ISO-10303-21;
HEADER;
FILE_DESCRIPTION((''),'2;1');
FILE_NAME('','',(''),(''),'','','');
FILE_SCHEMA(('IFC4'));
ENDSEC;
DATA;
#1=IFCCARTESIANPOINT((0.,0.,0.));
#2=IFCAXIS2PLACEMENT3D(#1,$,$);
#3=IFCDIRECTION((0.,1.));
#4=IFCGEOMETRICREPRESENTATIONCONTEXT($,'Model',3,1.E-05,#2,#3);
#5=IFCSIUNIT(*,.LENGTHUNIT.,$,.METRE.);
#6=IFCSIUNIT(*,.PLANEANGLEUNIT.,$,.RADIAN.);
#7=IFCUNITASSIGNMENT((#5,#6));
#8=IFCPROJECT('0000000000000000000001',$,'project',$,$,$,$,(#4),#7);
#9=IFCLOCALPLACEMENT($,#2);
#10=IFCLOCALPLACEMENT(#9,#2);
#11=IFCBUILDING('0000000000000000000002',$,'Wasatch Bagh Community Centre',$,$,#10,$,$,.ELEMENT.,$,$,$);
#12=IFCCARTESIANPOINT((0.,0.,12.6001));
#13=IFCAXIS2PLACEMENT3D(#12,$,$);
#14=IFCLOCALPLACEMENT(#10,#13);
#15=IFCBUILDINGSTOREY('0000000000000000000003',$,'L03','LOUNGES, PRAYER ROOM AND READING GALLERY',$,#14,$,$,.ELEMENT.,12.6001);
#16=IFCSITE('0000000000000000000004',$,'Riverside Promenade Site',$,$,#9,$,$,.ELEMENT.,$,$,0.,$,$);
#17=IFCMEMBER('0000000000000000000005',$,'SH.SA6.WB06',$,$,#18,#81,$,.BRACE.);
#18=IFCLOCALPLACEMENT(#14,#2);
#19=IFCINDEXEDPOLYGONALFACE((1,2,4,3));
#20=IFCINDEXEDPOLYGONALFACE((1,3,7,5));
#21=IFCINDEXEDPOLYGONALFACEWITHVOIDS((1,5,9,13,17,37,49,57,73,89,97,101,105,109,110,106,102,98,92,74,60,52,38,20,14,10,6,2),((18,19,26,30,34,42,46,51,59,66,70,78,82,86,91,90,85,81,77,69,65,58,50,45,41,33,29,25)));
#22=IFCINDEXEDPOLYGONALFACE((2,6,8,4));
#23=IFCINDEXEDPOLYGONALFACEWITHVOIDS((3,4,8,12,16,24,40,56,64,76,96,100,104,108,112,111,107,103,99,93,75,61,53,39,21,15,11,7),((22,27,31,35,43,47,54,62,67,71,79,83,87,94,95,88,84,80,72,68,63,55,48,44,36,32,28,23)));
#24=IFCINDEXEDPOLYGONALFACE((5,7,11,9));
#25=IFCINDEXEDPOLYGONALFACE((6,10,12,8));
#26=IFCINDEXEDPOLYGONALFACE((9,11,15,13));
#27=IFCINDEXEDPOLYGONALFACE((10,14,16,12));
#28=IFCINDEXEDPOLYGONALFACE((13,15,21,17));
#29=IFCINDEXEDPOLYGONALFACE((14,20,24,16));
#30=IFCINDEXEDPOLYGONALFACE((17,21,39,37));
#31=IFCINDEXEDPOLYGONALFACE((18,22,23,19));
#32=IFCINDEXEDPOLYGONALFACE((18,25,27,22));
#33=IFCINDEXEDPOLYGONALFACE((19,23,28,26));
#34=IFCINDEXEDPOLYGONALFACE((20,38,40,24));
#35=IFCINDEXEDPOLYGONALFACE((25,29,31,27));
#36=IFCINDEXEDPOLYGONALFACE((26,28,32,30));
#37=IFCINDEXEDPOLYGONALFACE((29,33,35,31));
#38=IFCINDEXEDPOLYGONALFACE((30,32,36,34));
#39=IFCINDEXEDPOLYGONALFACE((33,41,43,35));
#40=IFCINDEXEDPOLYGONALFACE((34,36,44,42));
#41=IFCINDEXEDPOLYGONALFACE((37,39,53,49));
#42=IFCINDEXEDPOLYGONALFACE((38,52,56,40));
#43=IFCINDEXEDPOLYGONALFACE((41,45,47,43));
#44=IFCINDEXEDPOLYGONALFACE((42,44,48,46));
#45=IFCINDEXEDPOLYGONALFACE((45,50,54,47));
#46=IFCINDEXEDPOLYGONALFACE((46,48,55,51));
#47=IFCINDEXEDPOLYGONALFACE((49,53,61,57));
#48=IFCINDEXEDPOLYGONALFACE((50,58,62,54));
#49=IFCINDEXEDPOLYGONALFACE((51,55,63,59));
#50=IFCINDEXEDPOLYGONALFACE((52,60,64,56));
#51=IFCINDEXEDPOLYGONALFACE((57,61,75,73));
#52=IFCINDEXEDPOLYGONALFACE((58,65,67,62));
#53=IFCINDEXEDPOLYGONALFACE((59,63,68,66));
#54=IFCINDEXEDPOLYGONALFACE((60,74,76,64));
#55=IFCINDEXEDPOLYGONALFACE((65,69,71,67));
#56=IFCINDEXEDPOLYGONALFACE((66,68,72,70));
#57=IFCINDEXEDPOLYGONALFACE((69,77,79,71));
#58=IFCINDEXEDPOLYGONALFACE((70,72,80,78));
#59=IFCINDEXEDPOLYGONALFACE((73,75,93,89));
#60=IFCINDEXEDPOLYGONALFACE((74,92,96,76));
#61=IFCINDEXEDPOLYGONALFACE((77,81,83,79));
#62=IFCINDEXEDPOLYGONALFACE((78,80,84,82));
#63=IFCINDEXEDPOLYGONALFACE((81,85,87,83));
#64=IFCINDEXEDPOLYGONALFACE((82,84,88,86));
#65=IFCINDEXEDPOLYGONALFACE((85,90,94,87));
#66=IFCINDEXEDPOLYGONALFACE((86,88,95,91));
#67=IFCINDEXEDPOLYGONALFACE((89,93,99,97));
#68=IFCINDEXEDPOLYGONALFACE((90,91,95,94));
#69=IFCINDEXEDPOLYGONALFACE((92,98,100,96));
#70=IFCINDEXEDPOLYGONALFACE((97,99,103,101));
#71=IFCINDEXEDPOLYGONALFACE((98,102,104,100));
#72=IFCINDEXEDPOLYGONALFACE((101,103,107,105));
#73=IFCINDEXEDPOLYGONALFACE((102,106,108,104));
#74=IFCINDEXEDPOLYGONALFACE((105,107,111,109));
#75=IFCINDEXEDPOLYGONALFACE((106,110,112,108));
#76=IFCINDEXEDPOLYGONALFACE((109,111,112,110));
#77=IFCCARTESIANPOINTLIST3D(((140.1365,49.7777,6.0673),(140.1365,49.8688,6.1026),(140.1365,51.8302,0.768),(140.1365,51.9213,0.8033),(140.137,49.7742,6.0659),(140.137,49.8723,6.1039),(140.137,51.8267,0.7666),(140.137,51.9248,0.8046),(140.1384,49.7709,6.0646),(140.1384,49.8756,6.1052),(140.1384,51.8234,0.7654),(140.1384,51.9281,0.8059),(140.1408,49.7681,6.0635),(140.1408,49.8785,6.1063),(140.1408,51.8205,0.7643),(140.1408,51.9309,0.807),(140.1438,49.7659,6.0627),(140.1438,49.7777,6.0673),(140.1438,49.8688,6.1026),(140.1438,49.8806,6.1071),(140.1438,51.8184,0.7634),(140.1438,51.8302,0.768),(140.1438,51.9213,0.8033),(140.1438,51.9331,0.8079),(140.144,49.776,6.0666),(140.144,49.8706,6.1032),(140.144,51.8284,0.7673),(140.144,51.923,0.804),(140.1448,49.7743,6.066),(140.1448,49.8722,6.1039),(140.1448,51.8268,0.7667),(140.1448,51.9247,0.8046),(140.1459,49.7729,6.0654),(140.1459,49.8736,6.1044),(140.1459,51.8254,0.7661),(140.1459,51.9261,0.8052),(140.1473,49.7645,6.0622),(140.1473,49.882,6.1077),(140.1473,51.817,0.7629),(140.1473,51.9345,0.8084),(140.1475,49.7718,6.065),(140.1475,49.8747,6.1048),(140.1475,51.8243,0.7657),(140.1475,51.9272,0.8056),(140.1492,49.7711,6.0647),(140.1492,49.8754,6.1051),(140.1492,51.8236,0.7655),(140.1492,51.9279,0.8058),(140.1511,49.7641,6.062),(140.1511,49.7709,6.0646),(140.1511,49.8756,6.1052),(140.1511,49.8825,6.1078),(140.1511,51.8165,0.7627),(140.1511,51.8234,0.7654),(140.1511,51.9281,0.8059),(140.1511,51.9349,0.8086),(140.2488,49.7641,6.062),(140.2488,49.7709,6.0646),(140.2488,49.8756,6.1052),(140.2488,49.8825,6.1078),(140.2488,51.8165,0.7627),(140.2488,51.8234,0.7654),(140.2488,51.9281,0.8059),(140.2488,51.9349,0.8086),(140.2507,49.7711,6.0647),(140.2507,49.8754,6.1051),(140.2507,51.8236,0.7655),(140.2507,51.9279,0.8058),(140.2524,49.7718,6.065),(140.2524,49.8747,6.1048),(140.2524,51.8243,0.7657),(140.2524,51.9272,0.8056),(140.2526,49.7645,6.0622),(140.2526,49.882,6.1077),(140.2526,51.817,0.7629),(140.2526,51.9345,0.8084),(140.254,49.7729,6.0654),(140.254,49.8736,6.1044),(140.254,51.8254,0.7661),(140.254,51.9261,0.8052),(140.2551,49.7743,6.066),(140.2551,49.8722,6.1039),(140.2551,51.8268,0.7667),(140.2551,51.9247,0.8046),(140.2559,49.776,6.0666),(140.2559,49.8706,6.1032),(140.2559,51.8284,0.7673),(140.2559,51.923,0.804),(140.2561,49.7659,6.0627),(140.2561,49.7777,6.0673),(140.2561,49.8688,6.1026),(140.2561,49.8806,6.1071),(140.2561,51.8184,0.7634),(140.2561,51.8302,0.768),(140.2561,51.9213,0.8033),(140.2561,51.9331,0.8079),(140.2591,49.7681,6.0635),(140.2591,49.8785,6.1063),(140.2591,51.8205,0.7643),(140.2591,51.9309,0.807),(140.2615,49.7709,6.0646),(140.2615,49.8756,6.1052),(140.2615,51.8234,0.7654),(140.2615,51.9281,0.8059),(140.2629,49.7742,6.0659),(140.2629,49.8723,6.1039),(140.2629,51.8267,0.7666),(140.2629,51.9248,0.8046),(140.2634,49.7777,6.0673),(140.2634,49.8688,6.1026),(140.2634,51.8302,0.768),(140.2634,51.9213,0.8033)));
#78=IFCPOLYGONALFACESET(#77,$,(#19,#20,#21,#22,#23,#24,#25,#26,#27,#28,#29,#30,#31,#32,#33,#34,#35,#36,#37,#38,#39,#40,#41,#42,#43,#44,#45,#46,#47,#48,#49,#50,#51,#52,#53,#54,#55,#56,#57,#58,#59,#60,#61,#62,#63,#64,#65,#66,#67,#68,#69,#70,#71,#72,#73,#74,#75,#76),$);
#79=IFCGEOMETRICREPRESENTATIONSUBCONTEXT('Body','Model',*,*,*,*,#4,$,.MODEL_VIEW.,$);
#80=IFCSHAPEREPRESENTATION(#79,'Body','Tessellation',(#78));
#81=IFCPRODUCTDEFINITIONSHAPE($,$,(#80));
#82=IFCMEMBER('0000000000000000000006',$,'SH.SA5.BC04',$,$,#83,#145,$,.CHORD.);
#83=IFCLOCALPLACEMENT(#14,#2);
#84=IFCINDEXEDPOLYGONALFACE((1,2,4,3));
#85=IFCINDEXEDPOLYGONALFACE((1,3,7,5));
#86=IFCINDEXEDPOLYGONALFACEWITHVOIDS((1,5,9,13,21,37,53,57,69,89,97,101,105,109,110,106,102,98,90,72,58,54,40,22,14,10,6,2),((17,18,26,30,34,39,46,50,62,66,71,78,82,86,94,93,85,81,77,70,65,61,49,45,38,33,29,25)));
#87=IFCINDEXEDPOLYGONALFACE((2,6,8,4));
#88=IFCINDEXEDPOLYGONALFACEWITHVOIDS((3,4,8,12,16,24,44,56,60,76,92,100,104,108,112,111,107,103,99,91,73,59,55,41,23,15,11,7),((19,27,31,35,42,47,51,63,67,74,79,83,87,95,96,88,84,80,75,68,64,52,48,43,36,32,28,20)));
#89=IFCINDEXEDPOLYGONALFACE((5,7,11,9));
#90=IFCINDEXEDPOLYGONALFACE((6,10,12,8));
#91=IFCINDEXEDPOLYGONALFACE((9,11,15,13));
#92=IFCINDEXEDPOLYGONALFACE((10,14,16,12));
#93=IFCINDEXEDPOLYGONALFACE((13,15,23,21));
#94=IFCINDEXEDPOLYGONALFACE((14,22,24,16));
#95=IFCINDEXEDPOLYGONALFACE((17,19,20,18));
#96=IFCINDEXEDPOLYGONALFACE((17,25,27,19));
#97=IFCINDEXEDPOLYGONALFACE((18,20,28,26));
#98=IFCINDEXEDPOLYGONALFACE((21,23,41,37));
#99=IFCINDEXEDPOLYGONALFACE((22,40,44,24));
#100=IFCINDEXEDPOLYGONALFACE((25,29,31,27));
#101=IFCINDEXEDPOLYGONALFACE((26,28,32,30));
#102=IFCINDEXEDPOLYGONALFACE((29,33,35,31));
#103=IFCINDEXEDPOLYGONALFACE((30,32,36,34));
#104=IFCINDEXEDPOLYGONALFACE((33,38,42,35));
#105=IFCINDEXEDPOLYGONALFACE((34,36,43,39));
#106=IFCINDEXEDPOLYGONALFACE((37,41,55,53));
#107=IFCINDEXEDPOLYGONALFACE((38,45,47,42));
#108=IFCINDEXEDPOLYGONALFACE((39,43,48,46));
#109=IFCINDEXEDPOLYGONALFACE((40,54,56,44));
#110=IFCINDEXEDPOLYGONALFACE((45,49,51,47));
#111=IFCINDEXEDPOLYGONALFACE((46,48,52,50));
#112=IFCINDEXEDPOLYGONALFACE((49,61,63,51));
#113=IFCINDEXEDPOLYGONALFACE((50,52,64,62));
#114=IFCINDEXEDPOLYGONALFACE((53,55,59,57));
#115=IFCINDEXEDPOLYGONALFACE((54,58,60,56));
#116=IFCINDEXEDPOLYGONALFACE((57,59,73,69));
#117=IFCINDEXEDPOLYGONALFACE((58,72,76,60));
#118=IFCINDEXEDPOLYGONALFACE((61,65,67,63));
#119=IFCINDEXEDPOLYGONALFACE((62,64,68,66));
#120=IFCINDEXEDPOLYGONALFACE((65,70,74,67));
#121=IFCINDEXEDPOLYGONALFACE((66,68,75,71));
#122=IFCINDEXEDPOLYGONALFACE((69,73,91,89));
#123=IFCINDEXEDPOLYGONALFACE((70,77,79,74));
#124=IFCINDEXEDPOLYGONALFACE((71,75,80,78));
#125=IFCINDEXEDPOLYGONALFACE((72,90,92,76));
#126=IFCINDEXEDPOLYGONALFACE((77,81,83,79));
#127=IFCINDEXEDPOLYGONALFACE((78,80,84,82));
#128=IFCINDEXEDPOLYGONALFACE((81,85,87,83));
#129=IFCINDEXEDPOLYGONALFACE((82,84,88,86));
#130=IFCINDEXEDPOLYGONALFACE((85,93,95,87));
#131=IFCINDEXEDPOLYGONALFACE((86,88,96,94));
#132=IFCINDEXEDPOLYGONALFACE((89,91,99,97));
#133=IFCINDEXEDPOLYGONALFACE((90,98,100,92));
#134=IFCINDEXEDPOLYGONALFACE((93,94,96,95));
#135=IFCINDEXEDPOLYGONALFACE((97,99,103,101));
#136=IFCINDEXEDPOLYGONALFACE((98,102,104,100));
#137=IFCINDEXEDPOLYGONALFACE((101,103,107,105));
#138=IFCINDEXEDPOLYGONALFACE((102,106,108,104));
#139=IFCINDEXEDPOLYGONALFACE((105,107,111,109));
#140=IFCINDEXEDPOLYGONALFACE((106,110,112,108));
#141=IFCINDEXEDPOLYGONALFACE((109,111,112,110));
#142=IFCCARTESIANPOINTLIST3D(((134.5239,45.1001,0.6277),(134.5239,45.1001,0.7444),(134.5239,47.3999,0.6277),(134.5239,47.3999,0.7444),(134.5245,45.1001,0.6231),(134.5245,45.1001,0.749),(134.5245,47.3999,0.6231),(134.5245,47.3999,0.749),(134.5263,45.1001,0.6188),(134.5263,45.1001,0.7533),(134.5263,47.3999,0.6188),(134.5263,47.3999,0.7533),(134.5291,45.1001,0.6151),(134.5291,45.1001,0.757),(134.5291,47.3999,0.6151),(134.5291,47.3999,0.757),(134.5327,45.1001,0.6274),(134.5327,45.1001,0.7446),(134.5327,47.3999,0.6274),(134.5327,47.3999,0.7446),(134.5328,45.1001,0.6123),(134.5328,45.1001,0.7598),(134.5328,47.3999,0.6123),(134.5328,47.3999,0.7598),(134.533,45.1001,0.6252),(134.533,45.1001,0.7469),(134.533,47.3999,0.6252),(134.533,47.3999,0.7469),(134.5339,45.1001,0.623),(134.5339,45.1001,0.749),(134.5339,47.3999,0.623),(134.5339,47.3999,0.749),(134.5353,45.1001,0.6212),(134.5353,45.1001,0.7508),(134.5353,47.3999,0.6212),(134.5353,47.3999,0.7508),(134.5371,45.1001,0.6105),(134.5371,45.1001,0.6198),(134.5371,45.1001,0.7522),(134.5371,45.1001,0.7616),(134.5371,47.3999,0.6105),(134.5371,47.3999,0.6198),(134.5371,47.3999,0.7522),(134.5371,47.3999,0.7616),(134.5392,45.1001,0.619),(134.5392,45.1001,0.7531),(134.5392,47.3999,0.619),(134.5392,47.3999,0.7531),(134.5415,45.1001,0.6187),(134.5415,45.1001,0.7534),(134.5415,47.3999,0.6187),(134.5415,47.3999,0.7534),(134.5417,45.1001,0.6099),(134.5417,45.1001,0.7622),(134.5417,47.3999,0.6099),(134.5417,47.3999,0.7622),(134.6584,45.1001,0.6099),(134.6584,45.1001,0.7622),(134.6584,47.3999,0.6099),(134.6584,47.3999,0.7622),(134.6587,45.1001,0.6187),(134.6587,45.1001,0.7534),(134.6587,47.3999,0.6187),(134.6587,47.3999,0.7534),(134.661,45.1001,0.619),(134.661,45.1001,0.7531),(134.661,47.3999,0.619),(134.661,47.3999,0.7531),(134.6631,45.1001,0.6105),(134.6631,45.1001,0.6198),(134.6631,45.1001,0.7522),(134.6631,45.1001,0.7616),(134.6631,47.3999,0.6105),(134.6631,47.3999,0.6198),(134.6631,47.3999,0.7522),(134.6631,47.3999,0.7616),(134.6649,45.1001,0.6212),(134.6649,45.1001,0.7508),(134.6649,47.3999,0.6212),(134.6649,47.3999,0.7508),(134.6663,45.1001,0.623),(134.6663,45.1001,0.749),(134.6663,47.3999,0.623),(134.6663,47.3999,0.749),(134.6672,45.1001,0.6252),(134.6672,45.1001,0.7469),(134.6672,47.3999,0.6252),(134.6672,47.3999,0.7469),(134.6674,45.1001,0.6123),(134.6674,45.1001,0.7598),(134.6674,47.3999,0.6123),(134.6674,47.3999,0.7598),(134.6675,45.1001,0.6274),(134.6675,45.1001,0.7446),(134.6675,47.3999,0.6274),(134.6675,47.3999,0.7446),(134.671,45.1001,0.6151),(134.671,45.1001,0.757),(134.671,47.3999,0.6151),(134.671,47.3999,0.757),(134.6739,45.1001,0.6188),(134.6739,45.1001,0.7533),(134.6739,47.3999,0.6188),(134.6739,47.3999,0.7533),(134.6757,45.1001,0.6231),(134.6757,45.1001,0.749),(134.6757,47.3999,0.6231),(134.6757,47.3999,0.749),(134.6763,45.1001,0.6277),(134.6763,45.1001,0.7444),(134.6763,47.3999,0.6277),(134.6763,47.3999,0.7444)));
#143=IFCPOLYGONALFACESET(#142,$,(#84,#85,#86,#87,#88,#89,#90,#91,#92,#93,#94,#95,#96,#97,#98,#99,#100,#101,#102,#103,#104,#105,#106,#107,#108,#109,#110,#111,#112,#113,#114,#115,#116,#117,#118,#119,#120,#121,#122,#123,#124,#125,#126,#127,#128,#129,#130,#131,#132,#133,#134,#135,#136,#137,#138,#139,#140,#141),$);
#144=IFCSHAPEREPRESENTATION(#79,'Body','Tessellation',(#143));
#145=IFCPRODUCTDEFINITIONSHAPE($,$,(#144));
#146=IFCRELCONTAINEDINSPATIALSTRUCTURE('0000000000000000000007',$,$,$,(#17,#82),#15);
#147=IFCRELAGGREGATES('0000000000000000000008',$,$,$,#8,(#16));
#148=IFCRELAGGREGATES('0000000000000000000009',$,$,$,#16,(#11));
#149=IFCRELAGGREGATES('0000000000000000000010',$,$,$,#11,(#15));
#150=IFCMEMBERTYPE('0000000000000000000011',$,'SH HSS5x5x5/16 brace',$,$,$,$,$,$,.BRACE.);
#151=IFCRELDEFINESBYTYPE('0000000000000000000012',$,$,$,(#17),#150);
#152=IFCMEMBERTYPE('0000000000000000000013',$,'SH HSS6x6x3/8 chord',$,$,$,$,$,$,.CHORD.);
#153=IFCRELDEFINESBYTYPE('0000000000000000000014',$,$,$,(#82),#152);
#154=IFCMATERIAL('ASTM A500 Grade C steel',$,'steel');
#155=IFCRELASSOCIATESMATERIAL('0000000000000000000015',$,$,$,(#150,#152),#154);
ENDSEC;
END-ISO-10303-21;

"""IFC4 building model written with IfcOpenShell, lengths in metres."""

from ifc_helpers import new_model, si_unit, direction, frame, origin, origin_2d, place, context, subcontext, project, spatial, hollow_rectangle, extrude, material, material_profile, profile_set, type_object, element, save


model = new_model("IFC4")

# Units and contexts
model_context = context("Model", 3, precision=1e-05, world=origin(), true_north=direction((0.0, 1.0)))
body_context = subcontext(model_context, "Body", "Model", "MODEL_VIEW")
ifc_project = project(units=[si_unit("LENGTHUNIT", "METRE"), si_unit("PLANEANGLEUNIT", "RADIAN")], contexts=[model_context])

# Site, building, storey
site_placement = place(None, origin())
site = spatial("IfcSite", under=ifc_project, at=site_placement, Name="Riverside Promenade Site", CompositionType="ELEMENT", RefElevation=0.0)
building_placement = place(site_placement, origin())
building = spatial("IfcBuilding", under=site, at=building_placement, Name="Wasatch Bagh Community Centre", CompositionType="ELEMENT")
storey_placement = place(building_placement, frame((0.0, 0.0, 12.6001)))
storey = spatial("IfcBuildingStorey", under=building, at=storey_placement, Name="L03", Description="LOUNGES, PRAYER ROOM AND READING GALLERY", CompositionType="ELEMENT", Elevation=12.6001)

# Members
ifc_material_1 = material(Name="ASTM A500 Grade C steel", Category="steel")
ifc_material_profile_1 = material_profile(ifc_material_1, hollow_rectangle(XDim=0.127, YDim=0.127, WallThickness=0.0073, InnerFilletRadius=0.0073, OuterFilletRadius=0.0146, at=origin_2d()), Name="HSS5x5x5/16")
ifc_profile_set_1 = profile_set([ifc_material_profile_1], Name="ASTM A500 Grade C steel")
member_type_1 = type_object("IfcMemberType", Name="SH HSS5x5x5/16 brace", PredefinedType="BRACE", material=ifc_profile_set_1)
member_1_placement = place(storey_placement, frame((140.2, 51.8757, 0.7856), z_axis=(0.0, -0.361169, 0.9325), x_axis=(1.0, 0.0, 0.0)))
element("IfcMember", 1, at=member_1_placement, inside=storey, type_object=member_type_1, Name="SH.SA6.WB06", PredefinedType="BRACE", context=body_context, shape_type="SweptSolid", body=[
    extrude(hollow_rectangle(XDim=0.127, YDim=0.127, WallThickness=0.0073, InnerFilletRadius=0.0073, OuterFilletRadius=0.0146, at=origin_2d()), origin(), (0.0, 0.0, 1.0), 5.6829),
])
ifc_material_profile_2 = material_profile(ifc_material_1, hollow_rectangle(XDim=0.1523, YDim=0.1523, WallThickness=0.0088, InnerFilletRadius=0.0088, OuterFilletRadius=0.0178, at=origin_2d()), Name="HSS6x6x3/8")
ifc_profile_set_2 = profile_set([ifc_material_profile_2], Name="ASTM A500 Grade C steel")
member_type_2 = type_object("IfcMemberType", Name="SH HSS6x6x3/8 chord", PredefinedType="CHORD", material=ifc_profile_set_2)
member_2_placement = place(storey_placement, frame((134.6001, 45.1001, 0.686), z_axis=(0.0, 1.0, 0.0), x_axis=(-1.0, 0.0, 0.0)))
element("IfcMember", 2, at=member_2_placement, inside=storey, type_object=member_type_2, Name="SH.SA5.BC04", PredefinedType="CHORD", context=body_context, shape_type="SweptSolid", body=[
    extrude(hollow_rectangle(XDim=0.1523, YDim=0.1523, WallThickness=0.0088, InnerFilletRadius=0.0088, OuterFilletRadius=0.0178, at=origin_2d()), origin(), (0.0, 0.0, 1.0), 2.2998),
])

save(model, "model.ifc")
